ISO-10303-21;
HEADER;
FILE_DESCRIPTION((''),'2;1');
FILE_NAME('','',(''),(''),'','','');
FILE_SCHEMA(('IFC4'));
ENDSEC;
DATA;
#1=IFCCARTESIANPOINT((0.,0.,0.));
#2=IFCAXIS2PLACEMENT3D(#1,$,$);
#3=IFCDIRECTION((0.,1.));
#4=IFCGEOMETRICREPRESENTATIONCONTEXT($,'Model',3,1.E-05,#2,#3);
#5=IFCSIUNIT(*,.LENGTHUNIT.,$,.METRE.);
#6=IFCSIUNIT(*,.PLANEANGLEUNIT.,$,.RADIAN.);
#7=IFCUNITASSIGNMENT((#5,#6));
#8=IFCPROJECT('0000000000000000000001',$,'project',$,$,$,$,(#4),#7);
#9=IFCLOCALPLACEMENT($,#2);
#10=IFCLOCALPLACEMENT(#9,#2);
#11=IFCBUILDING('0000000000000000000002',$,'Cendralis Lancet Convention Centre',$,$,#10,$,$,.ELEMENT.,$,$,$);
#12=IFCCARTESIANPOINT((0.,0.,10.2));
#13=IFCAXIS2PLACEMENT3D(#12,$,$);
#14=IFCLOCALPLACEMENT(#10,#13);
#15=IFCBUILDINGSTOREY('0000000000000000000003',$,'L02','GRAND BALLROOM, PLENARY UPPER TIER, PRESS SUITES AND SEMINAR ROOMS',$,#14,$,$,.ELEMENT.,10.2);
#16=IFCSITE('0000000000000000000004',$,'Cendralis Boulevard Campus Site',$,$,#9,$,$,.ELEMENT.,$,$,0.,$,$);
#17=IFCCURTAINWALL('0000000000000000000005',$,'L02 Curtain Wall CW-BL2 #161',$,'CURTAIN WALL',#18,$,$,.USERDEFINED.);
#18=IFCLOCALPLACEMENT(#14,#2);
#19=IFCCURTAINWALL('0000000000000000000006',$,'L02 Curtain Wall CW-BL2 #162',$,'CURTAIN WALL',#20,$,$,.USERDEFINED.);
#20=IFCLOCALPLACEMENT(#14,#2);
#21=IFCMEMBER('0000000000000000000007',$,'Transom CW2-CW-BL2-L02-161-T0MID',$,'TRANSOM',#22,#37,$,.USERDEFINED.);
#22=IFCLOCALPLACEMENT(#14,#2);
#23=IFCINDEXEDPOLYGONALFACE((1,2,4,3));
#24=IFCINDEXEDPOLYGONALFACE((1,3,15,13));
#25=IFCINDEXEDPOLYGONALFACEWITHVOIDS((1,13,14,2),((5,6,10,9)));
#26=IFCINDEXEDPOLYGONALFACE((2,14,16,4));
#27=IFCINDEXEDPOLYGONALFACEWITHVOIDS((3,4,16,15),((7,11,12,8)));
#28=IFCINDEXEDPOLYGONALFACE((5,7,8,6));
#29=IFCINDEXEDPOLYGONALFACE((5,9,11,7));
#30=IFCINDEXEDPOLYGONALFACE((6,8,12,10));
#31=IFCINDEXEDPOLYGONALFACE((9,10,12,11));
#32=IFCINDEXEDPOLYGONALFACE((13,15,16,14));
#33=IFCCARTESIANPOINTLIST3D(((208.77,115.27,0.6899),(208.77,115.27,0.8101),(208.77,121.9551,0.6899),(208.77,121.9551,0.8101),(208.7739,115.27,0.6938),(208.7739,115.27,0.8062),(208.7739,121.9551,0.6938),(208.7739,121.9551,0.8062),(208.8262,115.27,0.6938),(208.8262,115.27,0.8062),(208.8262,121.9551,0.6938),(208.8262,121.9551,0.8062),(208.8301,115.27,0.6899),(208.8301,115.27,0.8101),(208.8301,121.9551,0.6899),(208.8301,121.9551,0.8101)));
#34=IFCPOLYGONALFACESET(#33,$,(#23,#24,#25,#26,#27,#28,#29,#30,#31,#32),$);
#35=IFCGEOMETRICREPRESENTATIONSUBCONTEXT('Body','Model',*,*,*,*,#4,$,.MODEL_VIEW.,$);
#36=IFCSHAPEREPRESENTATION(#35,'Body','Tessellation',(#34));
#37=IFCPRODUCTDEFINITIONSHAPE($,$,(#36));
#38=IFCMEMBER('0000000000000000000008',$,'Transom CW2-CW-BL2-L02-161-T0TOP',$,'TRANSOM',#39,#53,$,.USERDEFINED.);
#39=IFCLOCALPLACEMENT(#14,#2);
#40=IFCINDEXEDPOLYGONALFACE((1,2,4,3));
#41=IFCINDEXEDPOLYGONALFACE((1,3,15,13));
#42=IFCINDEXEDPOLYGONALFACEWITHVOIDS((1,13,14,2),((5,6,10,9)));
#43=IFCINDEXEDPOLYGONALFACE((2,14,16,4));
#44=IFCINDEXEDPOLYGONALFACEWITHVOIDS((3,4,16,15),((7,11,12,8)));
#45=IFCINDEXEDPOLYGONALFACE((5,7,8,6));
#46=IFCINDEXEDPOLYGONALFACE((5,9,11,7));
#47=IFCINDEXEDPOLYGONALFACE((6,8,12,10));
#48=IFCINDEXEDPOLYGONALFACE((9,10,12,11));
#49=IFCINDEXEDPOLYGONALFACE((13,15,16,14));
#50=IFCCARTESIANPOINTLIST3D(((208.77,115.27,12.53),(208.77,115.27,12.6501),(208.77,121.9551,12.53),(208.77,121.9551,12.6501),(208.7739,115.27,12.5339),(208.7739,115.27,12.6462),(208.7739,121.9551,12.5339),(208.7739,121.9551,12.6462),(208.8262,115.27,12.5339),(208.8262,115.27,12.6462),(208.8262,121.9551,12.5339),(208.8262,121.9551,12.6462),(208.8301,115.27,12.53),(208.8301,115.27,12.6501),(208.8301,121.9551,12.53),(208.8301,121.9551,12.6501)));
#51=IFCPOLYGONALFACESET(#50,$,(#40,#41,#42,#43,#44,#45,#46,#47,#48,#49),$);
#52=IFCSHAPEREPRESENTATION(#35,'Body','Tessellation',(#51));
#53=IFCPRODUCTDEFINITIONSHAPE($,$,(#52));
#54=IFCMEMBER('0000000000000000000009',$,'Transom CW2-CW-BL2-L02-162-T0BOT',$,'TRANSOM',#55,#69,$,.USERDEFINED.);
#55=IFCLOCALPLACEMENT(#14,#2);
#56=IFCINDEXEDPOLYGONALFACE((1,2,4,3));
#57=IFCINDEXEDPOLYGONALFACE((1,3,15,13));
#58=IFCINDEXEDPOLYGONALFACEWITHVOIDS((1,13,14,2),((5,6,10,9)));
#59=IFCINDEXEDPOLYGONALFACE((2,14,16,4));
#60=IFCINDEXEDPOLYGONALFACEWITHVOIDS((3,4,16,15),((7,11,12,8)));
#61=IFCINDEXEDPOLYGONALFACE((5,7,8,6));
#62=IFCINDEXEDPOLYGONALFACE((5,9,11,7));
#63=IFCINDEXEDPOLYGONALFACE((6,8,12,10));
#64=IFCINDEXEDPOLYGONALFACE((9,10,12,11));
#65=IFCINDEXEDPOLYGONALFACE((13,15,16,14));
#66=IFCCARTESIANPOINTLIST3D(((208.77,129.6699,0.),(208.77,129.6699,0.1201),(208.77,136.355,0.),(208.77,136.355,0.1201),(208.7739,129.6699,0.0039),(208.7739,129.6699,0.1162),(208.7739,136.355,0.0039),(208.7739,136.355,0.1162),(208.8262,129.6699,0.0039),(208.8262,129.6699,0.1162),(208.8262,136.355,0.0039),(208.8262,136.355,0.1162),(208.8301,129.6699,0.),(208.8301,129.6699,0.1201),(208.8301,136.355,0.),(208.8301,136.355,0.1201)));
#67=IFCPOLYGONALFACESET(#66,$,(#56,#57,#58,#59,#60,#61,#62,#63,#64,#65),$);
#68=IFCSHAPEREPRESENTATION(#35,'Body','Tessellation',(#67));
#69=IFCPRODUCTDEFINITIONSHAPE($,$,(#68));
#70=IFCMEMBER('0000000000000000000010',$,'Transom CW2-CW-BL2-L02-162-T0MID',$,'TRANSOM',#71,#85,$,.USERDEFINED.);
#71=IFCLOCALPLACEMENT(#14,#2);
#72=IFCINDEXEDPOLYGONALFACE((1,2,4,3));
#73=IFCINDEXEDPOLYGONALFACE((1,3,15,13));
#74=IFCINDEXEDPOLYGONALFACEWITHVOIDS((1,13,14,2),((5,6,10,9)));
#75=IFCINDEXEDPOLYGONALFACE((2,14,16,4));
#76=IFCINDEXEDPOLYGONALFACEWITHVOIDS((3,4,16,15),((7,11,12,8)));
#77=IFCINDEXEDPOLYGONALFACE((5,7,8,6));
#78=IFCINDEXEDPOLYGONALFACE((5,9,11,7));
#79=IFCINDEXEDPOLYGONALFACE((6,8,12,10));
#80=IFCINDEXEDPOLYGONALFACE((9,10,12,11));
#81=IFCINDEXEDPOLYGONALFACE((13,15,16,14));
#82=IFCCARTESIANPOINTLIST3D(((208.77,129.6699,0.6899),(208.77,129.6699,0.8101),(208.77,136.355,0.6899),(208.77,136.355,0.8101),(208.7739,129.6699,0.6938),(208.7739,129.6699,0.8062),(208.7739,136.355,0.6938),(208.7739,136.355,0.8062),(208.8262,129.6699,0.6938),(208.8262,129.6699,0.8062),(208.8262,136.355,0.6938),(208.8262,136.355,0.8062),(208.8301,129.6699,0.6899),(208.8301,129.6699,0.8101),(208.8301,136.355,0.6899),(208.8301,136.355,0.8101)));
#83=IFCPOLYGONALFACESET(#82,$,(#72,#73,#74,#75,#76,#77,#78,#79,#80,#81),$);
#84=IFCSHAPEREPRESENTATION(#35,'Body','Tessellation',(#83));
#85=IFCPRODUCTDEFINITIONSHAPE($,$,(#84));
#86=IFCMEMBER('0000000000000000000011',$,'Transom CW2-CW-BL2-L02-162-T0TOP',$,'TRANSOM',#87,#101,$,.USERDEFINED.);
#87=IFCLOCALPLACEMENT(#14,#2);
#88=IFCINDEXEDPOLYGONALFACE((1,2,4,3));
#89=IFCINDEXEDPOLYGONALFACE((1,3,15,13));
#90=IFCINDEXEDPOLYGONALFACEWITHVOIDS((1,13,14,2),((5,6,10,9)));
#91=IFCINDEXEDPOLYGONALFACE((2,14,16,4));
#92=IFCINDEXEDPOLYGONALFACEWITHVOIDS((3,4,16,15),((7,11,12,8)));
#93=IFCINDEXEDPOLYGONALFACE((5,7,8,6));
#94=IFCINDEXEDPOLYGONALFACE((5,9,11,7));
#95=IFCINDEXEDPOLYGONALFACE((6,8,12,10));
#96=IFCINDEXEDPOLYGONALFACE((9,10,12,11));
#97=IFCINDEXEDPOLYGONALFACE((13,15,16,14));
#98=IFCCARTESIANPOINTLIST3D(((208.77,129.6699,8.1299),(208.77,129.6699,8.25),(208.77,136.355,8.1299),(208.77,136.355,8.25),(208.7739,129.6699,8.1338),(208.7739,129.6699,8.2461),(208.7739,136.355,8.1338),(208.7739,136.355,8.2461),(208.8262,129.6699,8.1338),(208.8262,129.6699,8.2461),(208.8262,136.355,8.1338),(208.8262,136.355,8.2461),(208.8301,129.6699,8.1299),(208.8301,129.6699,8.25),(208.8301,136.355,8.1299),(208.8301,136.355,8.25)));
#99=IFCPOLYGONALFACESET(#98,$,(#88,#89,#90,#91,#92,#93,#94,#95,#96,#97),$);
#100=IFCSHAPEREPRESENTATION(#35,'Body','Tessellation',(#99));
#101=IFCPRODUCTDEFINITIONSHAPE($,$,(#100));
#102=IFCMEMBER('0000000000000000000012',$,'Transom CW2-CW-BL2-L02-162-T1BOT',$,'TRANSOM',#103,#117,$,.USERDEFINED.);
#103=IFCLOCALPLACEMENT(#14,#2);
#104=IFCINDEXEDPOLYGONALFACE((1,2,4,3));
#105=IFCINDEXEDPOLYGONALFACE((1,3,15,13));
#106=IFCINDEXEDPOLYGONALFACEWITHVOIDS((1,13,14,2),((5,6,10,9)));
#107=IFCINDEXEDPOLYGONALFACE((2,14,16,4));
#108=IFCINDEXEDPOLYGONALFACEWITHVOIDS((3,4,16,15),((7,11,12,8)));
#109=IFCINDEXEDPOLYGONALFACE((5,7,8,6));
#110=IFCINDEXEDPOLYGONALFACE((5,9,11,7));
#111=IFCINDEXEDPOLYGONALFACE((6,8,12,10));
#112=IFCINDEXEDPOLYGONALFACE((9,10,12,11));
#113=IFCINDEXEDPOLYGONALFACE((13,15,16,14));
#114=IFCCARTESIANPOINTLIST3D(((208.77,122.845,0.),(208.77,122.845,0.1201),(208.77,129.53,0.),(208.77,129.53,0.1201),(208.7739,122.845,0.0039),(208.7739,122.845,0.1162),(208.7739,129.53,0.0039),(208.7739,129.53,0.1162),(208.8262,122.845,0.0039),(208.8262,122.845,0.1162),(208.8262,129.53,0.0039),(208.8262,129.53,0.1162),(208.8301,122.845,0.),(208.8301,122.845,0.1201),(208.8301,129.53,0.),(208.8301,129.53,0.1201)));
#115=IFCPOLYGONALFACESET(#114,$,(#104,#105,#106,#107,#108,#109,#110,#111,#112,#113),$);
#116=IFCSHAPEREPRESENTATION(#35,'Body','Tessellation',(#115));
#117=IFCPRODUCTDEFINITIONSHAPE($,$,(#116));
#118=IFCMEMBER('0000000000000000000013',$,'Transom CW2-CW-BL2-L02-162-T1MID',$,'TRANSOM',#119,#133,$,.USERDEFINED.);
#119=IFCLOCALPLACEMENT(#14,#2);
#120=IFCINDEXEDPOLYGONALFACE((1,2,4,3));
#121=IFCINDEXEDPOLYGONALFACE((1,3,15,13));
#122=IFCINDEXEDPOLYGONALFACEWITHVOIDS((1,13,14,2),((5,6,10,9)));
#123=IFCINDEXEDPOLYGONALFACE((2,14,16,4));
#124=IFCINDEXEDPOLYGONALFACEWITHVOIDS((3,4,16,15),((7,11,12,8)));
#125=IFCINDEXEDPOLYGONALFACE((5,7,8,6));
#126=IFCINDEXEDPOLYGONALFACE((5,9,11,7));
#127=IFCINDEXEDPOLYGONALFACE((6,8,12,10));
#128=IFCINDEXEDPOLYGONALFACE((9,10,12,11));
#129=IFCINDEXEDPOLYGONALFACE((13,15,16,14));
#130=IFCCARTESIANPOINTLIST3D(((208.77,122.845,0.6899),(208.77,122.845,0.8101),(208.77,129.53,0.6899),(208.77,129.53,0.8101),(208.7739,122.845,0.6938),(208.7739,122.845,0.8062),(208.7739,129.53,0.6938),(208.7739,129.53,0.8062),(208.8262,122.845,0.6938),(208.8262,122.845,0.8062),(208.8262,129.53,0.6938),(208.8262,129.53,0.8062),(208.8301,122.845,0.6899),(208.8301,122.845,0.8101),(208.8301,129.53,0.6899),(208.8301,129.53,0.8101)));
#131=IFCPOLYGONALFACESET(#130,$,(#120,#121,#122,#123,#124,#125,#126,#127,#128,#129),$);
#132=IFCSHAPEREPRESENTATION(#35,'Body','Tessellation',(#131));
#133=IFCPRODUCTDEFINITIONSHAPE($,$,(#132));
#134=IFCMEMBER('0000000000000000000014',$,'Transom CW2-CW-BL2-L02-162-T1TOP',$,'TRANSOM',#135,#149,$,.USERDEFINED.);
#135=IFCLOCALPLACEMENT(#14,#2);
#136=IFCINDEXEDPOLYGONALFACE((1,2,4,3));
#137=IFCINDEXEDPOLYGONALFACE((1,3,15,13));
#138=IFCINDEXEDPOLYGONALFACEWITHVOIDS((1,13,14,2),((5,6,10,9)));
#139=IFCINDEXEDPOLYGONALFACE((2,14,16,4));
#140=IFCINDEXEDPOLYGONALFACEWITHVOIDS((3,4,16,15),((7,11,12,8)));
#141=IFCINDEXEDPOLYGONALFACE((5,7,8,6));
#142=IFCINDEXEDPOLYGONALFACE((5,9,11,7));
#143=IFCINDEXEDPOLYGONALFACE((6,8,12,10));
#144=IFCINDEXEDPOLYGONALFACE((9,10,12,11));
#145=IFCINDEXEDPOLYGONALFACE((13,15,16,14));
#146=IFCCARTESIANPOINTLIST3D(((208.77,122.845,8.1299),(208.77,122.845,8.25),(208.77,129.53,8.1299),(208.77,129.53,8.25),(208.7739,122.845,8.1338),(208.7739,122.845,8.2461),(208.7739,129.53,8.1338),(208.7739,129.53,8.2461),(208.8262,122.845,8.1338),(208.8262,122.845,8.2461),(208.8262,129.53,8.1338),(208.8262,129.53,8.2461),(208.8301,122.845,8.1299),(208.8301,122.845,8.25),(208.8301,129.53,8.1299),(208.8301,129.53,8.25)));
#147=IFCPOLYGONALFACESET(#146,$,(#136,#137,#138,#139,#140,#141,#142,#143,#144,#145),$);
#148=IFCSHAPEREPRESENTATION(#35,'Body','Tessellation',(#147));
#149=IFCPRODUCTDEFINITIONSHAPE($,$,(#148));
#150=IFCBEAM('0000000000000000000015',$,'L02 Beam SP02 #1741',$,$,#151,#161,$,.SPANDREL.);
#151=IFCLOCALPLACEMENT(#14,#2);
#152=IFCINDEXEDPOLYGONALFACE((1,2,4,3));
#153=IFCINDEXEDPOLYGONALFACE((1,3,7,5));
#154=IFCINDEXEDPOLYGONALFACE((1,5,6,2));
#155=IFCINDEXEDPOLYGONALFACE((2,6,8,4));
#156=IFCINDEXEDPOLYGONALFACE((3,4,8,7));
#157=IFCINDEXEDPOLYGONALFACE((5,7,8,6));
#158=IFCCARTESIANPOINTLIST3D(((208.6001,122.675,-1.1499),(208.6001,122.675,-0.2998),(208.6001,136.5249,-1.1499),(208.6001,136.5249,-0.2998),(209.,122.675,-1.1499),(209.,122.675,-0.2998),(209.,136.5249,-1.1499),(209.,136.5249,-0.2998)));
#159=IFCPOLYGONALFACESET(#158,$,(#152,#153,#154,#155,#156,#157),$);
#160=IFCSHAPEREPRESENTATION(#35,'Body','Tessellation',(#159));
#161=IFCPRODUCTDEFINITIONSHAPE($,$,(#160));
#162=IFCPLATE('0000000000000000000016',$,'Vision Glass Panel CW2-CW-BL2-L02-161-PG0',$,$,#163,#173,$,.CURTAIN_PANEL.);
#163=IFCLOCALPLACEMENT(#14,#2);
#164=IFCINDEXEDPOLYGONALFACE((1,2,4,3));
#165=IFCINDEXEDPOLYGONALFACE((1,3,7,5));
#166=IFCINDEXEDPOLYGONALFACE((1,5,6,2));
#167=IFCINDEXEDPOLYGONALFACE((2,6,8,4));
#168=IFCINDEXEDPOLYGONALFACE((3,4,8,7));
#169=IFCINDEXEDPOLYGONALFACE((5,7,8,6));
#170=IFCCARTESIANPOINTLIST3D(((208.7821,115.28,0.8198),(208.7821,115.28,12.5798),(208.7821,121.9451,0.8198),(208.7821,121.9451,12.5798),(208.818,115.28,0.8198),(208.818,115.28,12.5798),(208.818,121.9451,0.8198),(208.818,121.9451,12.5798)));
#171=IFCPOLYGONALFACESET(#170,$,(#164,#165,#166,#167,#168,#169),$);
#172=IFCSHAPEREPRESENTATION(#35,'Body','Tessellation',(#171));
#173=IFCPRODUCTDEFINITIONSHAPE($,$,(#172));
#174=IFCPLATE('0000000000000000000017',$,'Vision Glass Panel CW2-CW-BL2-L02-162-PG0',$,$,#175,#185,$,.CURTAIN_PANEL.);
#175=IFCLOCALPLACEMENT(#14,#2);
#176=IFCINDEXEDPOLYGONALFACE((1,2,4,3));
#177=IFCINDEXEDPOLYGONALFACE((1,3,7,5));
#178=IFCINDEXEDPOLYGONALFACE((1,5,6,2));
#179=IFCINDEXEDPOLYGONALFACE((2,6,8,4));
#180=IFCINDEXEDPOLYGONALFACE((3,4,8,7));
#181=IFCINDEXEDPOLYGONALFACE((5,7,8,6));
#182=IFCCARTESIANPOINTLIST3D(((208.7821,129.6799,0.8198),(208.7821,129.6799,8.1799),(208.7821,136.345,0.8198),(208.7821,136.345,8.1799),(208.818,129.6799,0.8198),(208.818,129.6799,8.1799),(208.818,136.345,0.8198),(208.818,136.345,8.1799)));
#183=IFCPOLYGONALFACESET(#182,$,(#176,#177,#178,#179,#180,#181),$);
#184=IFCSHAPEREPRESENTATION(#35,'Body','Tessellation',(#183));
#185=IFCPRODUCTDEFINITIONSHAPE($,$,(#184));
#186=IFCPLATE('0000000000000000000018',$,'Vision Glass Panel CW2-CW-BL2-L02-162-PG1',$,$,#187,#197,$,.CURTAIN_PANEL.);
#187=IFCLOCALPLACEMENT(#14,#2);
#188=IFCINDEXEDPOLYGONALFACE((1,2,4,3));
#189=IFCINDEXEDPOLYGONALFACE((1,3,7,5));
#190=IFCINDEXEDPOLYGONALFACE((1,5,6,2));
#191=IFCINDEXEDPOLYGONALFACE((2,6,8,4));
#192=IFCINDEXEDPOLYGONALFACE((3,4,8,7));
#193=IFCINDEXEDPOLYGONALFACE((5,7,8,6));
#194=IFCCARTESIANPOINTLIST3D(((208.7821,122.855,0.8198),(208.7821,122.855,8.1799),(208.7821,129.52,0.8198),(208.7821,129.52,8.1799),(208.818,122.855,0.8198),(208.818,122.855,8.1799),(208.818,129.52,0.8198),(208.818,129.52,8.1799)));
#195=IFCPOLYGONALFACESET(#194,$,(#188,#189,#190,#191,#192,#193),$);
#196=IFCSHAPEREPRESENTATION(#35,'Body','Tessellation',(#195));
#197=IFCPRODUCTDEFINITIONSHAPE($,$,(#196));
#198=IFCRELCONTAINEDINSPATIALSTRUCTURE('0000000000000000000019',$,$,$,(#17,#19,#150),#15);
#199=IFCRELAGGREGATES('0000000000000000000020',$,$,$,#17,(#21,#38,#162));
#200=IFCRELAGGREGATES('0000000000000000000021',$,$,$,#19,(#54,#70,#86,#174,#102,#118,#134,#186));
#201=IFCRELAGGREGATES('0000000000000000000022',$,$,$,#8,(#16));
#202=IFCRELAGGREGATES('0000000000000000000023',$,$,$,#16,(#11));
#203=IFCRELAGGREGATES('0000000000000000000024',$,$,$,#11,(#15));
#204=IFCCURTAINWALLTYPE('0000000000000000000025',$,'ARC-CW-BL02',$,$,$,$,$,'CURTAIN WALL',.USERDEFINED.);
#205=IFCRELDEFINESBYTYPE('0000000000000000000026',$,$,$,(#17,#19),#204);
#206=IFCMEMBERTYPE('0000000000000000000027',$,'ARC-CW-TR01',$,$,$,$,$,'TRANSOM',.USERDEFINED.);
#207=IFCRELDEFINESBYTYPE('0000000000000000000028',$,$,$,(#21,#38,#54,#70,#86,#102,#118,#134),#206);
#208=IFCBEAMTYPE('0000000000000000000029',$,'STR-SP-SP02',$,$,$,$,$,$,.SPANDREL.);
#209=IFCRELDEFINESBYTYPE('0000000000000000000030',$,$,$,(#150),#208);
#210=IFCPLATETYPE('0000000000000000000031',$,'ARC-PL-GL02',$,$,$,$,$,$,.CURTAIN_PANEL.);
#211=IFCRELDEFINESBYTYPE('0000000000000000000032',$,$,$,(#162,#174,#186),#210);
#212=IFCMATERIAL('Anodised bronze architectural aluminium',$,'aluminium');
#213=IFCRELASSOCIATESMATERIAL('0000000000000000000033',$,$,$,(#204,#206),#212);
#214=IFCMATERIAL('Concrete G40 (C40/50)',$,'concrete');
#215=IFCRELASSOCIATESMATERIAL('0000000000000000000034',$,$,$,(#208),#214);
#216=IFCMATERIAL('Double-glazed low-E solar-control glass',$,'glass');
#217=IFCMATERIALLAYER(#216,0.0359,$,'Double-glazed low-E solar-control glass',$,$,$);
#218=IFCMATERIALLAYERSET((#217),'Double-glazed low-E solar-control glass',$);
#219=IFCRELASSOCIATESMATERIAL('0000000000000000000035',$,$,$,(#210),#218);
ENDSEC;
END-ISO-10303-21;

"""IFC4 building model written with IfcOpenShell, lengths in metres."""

from ifc_helpers import new_model, si_unit, direction, frame, origin, origin_2d, place, context, subcontext, project, spatial, rectangle, hollow_rectangle, extrude, material, layer, layer_set, material_profile, profile_set, type_object, element, aggregate, save


model = new_model("IFC4")

# Units and contexts
model_context = context("Model", 3, precision=1e-05, world=origin(), true_north=direction((0.0, 1.0)))
body_context = subcontext(model_context, "Body", "Model", "MODEL_VIEW")
ifc_project = project(units=[si_unit("LENGTHUNIT", "METRE"), si_unit("PLANEANGLEUNIT", "RADIAN")], contexts=[model_context])

# Site, building, storey
site_placement = place(None, origin())
site = spatial("IfcSite", under=ifc_project, at=site_placement, Name="Cendralis Boulevard Campus Site", CompositionType="ELEMENT", RefElevation=0.0)
building_placement = place(site_placement, origin())
building = spatial("IfcBuilding", under=site, at=building_placement, Name="Cendralis Lancet Convention Centre", CompositionType="ELEMENT")
storey_placement = place(building_placement, frame((0.0, 0.0, 10.2)))
storey = spatial("IfcBuildingStorey", under=building, at=storey_placement, Name="L02", Description="GRAND BALLROOM, PLENARY UPPER TIER, PRESS SUITES AND SEMINAR ROOMS", CompositionType="ELEMENT", Elevation=10.2)

# Curtain wall
ifc_material_1 = material(Name="Anodised bronze architectural aluminium", Category="aluminium")
curtain_wall_type = type_object("IfcCurtainWallType", Name="ARC-CW-BL02", ElementType="CURTAIN WALL", PredefinedType="USERDEFINED", material=ifc_material_1)
curtain_wall_1_placement = place(storey_placement, origin())
curtain_wall_1 = element("IfcCurtainWall", 1, at=curtain_wall_1_placement, inside=storey, type_object=curtain_wall_type, Name="L02 Curtain Wall CW-BL2 #161", ObjectType="CURTAIN WALL", PredefinedType="USERDEFINED")

# Curtain wall
curtain_wall_2_placement = place(storey_placement, origin())
curtain_wall_2 = element("IfcCurtainWall", 2, at=curtain_wall_2_placement, inside=storey, type_object=curtain_wall_type, Name="L02 Curtain Wall CW-BL2 #162", ObjectType="CURTAIN WALL", PredefinedType="USERDEFINED")

# Members
ifc_material_profile_1 = material_profile(ifc_material_1, hollow_rectangle(XDim=0.0601, YDim=0.1201, WallThickness=0.0039, at=origin_2d()), Name="AL-TRAN 60x120x4.0")
ifc_profile_set_1 = profile_set([ifc_material_profile_1], Name="Anodised bronze architectural aluminium")
member_type_1 = type_object("IfcMemberType", Name="ARC-CW-TR01", ElementType="TRANSOM", PredefinedType="USERDEFINED", material=ifc_profile_set_1)
member_1_placement = place(storey_placement, frame((208.8, 121.9551, 0.75), z_axis=(0.0, -1.0, 0.0), x_axis=(1.0, 0.0, 0.0)))
member_1 = element("IfcMember", 3, at=member_1_placement, type_object=member_type_1, Name="Transom CW2-CW-BL2-L02-161-T0MID", ObjectType="TRANSOM", PredefinedType="USERDEFINED", context=body_context, shape_type="SweptSolid", body=[
    extrude(hollow_rectangle(XDim=0.0601, YDim=0.1201, WallThickness=0.0039, at=origin_2d()), origin(), (0.0, 0.0, 1.0), 6.6851),
])
member_2_placement = place(storey_placement, frame((208.8, 121.9551, 12.5901), z_axis=(0.0, -1.0, 0.0), x_axis=(1.0, 0.0, 0.0)))
member_2 = element("IfcMember", 4, at=member_2_placement, type_object=member_type_1, Name="Transom CW2-CW-BL2-L02-161-T0TOP", ObjectType="TRANSOM", PredefinedType="USERDEFINED", context=body_context, shape_type="SweptSolid", body=[
    extrude(hollow_rectangle(XDim=0.0601, YDim=0.1201, WallThickness=0.0039, at=origin_2d()), origin(), (0.0, 0.0, 1.0), 6.6851),
])
member_3_placement = place(storey_placement, frame((208.8, 136.355, 0.0601), z_axis=(0.0, -1.0, 0.0), x_axis=(1.0, 0.0, 0.0)))
member_3 = element("IfcMember", 5, at=member_3_placement, type_object=member_type_1, Name="Transom CW2-CW-BL2-L02-162-T0BOT", ObjectType="TRANSOM", PredefinedType="USERDEFINED", context=body_context, shape_type="SweptSolid", body=[
    extrude(hollow_rectangle(XDim=0.0601, YDim=0.1201, WallThickness=0.0039, at=origin_2d()), origin(), (0.0, 0.0, 1.0), 6.6851),
])
member_4_placement = place(storey_placement, frame((208.8, 136.355, 0.75), z_axis=(0.0, -1.0, 0.0), x_axis=(1.0, 0.0, 0.0)))
member_4 = element("IfcMember", 6, at=member_4_placement, type_object=member_type_1, Name="Transom CW2-CW-BL2-L02-162-T0MID", ObjectType="TRANSOM", PredefinedType="USERDEFINED", context=body_context, shape_type="SweptSolid", body=[
    extrude(hollow_rectangle(XDim=0.0601, YDim=0.1201, WallThickness=0.0039, at=origin_2d()), origin(), (0.0, 0.0, 1.0), 6.6851),
])
member_5_placement = place(storey_placement, frame((208.8, 136.355, 8.1899), z_axis=(0.0, -1.0, 0.0), x_axis=(1.0, 0.0, 0.0)))
member_5 = element("IfcMember", 7, at=member_5_placement, type_object=member_type_1, Name="Transom CW2-CW-BL2-L02-162-T0TOP", ObjectType="TRANSOM", PredefinedType="USERDEFINED", context=body_context, shape_type="SweptSolid", body=[
    extrude(hollow_rectangle(XDim=0.0601, YDim=0.1201, WallThickness=0.0039, at=origin_2d()), origin(), (0.0, 0.0, 1.0), 6.6851),
])
member_6_placement = place(storey_placement, frame((208.8, 129.53, 0.0601), z_axis=(0.0, -1.0, 0.0), x_axis=(1.0, 0.0, 0.0)))
member_6 = element("IfcMember", 8, at=member_6_placement, type_object=member_type_1, Name="Transom CW2-CW-BL2-L02-162-T1BOT", ObjectType="TRANSOM", PredefinedType="USERDEFINED", context=body_context, shape_type="SweptSolid", body=[
    extrude(hollow_rectangle(XDim=0.0601, YDim=0.1201, WallThickness=0.0039, at=origin_2d()), origin(), (0.0, 0.0, 1.0), 6.6851),
])
member_7_placement = place(storey_placement, frame((208.8, 129.53, 0.75), z_axis=(0.0, -1.0, 0.0), x_axis=(1.0, 0.0, 0.0)))
member_7 = element("IfcMember", 9, at=member_7_placement, type_object=member_type_1, Name="Transom CW2-CW-BL2-L02-162-T1MID", ObjectType="TRANSOM", PredefinedType="USERDEFINED", context=body_context, shape_type="SweptSolid", body=[
    extrude(hollow_rectangle(XDim=0.0601, YDim=0.1201, WallThickness=0.0039, at=origin_2d()), origin(), (0.0, 0.0, 1.0), 6.6851),
])
member_8_placement = place(storey_placement, frame((208.8, 129.53, 8.1899), z_axis=(0.0, -1.0, 0.0), x_axis=(1.0, 0.0, 0.0)))
member_8 = element("IfcMember", 10, at=member_8_placement, type_object=member_type_1, Name="Transom CW2-CW-BL2-L02-162-T1TOP", ObjectType="TRANSOM", PredefinedType="USERDEFINED", context=body_context, shape_type="SweptSolid", body=[
    extrude(hollow_rectangle(XDim=0.0601, YDim=0.1201, WallThickness=0.0039, at=origin_2d()), origin(), (0.0, 0.0, 1.0), 6.6851),
])

# Beam
ifc_material_2 = material(Name="Concrete G40 (C40/50)", Category="concrete")
ifc_material_profile_2 = material_profile(ifc_material_2, rectangle(XDim=0.3999, YDim=0.8501, at=origin_2d()), Name="RCB 400x850")
ifc_profile_set_2 = profile_set([ifc_material_profile_2], Name="Concrete G40 (C40/50)")
beam_type = type_object("IfcBeamType", Name="STR-SP-SP02", PredefinedType="SPANDREL", material=ifc_profile_set_2)
beam_placement = place(storey_placement, frame((208.8, 122.675, -0.7249), z_axis=(0.0, 1.0, 0.0), x_axis=(-1.0, 0.0, 0.0)))
element("IfcBeam", 11, at=beam_placement, inside=storey, type_object=beam_type, Name="L02 Beam SP02 #1741", PredefinedType="SPANDREL", context=body_context, shape_type="SweptSolid", body=[
    extrude(rectangle(XDim=0.3999, YDim=0.8501, at=origin_2d()), origin(), (0.0, 0.0, 1.0), 13.8499),
])

# Plates
ifc_material_3 = material(Name="Double-glazed low-E solar-control glass", Category="glass")
ifc_layer_1 = layer(ifc_material_3, 0.0359, Name="Double-glazed low-E solar-control glass")
ifc_layer_set_1 = layer_set([ifc_layer_1], Name="Double-glazed low-E solar-control glass")
plate_type_1 = type_object("IfcPlateType", Name="ARC-PL-GL02", PredefinedType="CURTAIN_PANEL", material=ifc_layer_set_1)
plate_1_placement = place(storey_placement, frame((208.8, 118.6125, 0.8198), z_axis=(0.0, 0.0, 1.0), x_axis=(0.0, -1.0, 0.0)))
plate_1 = element("IfcPlate", 12, at=plate_1_placement, type_object=plate_type_1, Name="Vision Glass Panel CW2-CW-BL2-L02-161-PG0", PredefinedType="CURTAIN_PANEL", context=body_context, shape_type="SweptSolid", body=[
    extrude(rectangle(XDim=6.665, YDim=0.0359, at=origin_2d()), origin(), (0.0, 0.0, 1.0), 11.76),
])
aggregate(curtain_wall_1, [member_1, member_2, plate_1])
plate_2_placement = place(storey_placement, frame((208.8, 133.0125, 0.8198), z_axis=(0.0, 0.0, 1.0), x_axis=(0.0, -1.0, 0.0)))
plate_2 = element("IfcPlate", 13, at=plate_2_placement, type_object=plate_type_1, Name="Vision Glass Panel CW2-CW-BL2-L02-162-PG0", PredefinedType="CURTAIN_PANEL", context=body_context, shape_type="SweptSolid", body=[
    extrude(rectangle(XDim=6.665, YDim=0.0359, at=origin_2d()), origin(), (0.0, 0.0, 1.0), 7.3601),
])
plate_3_placement = place(storey_placement, frame((208.8, 126.1875, 0.8198), z_axis=(0.0, 0.0, 1.0), x_axis=(0.0, -1.0, 0.0)))
plate_3 = element("IfcPlate", 14, at=plate_3_placement, type_object=plate_type_1, Name="Vision Glass Panel CW2-CW-BL2-L02-162-PG1", PredefinedType="CURTAIN_PANEL", context=body_context, shape_type="SweptSolid", body=[
    extrude(rectangle(XDim=6.665, YDim=0.0359, at=origin_2d()), origin(), (0.0, 0.0, 1.0), 7.3601),
])
aggregate(curtain_wall_2, [member_3, member_4, member_5, plate_2, member_6, member_7, member_8, plate_3])

save(model, "model.ifc")
